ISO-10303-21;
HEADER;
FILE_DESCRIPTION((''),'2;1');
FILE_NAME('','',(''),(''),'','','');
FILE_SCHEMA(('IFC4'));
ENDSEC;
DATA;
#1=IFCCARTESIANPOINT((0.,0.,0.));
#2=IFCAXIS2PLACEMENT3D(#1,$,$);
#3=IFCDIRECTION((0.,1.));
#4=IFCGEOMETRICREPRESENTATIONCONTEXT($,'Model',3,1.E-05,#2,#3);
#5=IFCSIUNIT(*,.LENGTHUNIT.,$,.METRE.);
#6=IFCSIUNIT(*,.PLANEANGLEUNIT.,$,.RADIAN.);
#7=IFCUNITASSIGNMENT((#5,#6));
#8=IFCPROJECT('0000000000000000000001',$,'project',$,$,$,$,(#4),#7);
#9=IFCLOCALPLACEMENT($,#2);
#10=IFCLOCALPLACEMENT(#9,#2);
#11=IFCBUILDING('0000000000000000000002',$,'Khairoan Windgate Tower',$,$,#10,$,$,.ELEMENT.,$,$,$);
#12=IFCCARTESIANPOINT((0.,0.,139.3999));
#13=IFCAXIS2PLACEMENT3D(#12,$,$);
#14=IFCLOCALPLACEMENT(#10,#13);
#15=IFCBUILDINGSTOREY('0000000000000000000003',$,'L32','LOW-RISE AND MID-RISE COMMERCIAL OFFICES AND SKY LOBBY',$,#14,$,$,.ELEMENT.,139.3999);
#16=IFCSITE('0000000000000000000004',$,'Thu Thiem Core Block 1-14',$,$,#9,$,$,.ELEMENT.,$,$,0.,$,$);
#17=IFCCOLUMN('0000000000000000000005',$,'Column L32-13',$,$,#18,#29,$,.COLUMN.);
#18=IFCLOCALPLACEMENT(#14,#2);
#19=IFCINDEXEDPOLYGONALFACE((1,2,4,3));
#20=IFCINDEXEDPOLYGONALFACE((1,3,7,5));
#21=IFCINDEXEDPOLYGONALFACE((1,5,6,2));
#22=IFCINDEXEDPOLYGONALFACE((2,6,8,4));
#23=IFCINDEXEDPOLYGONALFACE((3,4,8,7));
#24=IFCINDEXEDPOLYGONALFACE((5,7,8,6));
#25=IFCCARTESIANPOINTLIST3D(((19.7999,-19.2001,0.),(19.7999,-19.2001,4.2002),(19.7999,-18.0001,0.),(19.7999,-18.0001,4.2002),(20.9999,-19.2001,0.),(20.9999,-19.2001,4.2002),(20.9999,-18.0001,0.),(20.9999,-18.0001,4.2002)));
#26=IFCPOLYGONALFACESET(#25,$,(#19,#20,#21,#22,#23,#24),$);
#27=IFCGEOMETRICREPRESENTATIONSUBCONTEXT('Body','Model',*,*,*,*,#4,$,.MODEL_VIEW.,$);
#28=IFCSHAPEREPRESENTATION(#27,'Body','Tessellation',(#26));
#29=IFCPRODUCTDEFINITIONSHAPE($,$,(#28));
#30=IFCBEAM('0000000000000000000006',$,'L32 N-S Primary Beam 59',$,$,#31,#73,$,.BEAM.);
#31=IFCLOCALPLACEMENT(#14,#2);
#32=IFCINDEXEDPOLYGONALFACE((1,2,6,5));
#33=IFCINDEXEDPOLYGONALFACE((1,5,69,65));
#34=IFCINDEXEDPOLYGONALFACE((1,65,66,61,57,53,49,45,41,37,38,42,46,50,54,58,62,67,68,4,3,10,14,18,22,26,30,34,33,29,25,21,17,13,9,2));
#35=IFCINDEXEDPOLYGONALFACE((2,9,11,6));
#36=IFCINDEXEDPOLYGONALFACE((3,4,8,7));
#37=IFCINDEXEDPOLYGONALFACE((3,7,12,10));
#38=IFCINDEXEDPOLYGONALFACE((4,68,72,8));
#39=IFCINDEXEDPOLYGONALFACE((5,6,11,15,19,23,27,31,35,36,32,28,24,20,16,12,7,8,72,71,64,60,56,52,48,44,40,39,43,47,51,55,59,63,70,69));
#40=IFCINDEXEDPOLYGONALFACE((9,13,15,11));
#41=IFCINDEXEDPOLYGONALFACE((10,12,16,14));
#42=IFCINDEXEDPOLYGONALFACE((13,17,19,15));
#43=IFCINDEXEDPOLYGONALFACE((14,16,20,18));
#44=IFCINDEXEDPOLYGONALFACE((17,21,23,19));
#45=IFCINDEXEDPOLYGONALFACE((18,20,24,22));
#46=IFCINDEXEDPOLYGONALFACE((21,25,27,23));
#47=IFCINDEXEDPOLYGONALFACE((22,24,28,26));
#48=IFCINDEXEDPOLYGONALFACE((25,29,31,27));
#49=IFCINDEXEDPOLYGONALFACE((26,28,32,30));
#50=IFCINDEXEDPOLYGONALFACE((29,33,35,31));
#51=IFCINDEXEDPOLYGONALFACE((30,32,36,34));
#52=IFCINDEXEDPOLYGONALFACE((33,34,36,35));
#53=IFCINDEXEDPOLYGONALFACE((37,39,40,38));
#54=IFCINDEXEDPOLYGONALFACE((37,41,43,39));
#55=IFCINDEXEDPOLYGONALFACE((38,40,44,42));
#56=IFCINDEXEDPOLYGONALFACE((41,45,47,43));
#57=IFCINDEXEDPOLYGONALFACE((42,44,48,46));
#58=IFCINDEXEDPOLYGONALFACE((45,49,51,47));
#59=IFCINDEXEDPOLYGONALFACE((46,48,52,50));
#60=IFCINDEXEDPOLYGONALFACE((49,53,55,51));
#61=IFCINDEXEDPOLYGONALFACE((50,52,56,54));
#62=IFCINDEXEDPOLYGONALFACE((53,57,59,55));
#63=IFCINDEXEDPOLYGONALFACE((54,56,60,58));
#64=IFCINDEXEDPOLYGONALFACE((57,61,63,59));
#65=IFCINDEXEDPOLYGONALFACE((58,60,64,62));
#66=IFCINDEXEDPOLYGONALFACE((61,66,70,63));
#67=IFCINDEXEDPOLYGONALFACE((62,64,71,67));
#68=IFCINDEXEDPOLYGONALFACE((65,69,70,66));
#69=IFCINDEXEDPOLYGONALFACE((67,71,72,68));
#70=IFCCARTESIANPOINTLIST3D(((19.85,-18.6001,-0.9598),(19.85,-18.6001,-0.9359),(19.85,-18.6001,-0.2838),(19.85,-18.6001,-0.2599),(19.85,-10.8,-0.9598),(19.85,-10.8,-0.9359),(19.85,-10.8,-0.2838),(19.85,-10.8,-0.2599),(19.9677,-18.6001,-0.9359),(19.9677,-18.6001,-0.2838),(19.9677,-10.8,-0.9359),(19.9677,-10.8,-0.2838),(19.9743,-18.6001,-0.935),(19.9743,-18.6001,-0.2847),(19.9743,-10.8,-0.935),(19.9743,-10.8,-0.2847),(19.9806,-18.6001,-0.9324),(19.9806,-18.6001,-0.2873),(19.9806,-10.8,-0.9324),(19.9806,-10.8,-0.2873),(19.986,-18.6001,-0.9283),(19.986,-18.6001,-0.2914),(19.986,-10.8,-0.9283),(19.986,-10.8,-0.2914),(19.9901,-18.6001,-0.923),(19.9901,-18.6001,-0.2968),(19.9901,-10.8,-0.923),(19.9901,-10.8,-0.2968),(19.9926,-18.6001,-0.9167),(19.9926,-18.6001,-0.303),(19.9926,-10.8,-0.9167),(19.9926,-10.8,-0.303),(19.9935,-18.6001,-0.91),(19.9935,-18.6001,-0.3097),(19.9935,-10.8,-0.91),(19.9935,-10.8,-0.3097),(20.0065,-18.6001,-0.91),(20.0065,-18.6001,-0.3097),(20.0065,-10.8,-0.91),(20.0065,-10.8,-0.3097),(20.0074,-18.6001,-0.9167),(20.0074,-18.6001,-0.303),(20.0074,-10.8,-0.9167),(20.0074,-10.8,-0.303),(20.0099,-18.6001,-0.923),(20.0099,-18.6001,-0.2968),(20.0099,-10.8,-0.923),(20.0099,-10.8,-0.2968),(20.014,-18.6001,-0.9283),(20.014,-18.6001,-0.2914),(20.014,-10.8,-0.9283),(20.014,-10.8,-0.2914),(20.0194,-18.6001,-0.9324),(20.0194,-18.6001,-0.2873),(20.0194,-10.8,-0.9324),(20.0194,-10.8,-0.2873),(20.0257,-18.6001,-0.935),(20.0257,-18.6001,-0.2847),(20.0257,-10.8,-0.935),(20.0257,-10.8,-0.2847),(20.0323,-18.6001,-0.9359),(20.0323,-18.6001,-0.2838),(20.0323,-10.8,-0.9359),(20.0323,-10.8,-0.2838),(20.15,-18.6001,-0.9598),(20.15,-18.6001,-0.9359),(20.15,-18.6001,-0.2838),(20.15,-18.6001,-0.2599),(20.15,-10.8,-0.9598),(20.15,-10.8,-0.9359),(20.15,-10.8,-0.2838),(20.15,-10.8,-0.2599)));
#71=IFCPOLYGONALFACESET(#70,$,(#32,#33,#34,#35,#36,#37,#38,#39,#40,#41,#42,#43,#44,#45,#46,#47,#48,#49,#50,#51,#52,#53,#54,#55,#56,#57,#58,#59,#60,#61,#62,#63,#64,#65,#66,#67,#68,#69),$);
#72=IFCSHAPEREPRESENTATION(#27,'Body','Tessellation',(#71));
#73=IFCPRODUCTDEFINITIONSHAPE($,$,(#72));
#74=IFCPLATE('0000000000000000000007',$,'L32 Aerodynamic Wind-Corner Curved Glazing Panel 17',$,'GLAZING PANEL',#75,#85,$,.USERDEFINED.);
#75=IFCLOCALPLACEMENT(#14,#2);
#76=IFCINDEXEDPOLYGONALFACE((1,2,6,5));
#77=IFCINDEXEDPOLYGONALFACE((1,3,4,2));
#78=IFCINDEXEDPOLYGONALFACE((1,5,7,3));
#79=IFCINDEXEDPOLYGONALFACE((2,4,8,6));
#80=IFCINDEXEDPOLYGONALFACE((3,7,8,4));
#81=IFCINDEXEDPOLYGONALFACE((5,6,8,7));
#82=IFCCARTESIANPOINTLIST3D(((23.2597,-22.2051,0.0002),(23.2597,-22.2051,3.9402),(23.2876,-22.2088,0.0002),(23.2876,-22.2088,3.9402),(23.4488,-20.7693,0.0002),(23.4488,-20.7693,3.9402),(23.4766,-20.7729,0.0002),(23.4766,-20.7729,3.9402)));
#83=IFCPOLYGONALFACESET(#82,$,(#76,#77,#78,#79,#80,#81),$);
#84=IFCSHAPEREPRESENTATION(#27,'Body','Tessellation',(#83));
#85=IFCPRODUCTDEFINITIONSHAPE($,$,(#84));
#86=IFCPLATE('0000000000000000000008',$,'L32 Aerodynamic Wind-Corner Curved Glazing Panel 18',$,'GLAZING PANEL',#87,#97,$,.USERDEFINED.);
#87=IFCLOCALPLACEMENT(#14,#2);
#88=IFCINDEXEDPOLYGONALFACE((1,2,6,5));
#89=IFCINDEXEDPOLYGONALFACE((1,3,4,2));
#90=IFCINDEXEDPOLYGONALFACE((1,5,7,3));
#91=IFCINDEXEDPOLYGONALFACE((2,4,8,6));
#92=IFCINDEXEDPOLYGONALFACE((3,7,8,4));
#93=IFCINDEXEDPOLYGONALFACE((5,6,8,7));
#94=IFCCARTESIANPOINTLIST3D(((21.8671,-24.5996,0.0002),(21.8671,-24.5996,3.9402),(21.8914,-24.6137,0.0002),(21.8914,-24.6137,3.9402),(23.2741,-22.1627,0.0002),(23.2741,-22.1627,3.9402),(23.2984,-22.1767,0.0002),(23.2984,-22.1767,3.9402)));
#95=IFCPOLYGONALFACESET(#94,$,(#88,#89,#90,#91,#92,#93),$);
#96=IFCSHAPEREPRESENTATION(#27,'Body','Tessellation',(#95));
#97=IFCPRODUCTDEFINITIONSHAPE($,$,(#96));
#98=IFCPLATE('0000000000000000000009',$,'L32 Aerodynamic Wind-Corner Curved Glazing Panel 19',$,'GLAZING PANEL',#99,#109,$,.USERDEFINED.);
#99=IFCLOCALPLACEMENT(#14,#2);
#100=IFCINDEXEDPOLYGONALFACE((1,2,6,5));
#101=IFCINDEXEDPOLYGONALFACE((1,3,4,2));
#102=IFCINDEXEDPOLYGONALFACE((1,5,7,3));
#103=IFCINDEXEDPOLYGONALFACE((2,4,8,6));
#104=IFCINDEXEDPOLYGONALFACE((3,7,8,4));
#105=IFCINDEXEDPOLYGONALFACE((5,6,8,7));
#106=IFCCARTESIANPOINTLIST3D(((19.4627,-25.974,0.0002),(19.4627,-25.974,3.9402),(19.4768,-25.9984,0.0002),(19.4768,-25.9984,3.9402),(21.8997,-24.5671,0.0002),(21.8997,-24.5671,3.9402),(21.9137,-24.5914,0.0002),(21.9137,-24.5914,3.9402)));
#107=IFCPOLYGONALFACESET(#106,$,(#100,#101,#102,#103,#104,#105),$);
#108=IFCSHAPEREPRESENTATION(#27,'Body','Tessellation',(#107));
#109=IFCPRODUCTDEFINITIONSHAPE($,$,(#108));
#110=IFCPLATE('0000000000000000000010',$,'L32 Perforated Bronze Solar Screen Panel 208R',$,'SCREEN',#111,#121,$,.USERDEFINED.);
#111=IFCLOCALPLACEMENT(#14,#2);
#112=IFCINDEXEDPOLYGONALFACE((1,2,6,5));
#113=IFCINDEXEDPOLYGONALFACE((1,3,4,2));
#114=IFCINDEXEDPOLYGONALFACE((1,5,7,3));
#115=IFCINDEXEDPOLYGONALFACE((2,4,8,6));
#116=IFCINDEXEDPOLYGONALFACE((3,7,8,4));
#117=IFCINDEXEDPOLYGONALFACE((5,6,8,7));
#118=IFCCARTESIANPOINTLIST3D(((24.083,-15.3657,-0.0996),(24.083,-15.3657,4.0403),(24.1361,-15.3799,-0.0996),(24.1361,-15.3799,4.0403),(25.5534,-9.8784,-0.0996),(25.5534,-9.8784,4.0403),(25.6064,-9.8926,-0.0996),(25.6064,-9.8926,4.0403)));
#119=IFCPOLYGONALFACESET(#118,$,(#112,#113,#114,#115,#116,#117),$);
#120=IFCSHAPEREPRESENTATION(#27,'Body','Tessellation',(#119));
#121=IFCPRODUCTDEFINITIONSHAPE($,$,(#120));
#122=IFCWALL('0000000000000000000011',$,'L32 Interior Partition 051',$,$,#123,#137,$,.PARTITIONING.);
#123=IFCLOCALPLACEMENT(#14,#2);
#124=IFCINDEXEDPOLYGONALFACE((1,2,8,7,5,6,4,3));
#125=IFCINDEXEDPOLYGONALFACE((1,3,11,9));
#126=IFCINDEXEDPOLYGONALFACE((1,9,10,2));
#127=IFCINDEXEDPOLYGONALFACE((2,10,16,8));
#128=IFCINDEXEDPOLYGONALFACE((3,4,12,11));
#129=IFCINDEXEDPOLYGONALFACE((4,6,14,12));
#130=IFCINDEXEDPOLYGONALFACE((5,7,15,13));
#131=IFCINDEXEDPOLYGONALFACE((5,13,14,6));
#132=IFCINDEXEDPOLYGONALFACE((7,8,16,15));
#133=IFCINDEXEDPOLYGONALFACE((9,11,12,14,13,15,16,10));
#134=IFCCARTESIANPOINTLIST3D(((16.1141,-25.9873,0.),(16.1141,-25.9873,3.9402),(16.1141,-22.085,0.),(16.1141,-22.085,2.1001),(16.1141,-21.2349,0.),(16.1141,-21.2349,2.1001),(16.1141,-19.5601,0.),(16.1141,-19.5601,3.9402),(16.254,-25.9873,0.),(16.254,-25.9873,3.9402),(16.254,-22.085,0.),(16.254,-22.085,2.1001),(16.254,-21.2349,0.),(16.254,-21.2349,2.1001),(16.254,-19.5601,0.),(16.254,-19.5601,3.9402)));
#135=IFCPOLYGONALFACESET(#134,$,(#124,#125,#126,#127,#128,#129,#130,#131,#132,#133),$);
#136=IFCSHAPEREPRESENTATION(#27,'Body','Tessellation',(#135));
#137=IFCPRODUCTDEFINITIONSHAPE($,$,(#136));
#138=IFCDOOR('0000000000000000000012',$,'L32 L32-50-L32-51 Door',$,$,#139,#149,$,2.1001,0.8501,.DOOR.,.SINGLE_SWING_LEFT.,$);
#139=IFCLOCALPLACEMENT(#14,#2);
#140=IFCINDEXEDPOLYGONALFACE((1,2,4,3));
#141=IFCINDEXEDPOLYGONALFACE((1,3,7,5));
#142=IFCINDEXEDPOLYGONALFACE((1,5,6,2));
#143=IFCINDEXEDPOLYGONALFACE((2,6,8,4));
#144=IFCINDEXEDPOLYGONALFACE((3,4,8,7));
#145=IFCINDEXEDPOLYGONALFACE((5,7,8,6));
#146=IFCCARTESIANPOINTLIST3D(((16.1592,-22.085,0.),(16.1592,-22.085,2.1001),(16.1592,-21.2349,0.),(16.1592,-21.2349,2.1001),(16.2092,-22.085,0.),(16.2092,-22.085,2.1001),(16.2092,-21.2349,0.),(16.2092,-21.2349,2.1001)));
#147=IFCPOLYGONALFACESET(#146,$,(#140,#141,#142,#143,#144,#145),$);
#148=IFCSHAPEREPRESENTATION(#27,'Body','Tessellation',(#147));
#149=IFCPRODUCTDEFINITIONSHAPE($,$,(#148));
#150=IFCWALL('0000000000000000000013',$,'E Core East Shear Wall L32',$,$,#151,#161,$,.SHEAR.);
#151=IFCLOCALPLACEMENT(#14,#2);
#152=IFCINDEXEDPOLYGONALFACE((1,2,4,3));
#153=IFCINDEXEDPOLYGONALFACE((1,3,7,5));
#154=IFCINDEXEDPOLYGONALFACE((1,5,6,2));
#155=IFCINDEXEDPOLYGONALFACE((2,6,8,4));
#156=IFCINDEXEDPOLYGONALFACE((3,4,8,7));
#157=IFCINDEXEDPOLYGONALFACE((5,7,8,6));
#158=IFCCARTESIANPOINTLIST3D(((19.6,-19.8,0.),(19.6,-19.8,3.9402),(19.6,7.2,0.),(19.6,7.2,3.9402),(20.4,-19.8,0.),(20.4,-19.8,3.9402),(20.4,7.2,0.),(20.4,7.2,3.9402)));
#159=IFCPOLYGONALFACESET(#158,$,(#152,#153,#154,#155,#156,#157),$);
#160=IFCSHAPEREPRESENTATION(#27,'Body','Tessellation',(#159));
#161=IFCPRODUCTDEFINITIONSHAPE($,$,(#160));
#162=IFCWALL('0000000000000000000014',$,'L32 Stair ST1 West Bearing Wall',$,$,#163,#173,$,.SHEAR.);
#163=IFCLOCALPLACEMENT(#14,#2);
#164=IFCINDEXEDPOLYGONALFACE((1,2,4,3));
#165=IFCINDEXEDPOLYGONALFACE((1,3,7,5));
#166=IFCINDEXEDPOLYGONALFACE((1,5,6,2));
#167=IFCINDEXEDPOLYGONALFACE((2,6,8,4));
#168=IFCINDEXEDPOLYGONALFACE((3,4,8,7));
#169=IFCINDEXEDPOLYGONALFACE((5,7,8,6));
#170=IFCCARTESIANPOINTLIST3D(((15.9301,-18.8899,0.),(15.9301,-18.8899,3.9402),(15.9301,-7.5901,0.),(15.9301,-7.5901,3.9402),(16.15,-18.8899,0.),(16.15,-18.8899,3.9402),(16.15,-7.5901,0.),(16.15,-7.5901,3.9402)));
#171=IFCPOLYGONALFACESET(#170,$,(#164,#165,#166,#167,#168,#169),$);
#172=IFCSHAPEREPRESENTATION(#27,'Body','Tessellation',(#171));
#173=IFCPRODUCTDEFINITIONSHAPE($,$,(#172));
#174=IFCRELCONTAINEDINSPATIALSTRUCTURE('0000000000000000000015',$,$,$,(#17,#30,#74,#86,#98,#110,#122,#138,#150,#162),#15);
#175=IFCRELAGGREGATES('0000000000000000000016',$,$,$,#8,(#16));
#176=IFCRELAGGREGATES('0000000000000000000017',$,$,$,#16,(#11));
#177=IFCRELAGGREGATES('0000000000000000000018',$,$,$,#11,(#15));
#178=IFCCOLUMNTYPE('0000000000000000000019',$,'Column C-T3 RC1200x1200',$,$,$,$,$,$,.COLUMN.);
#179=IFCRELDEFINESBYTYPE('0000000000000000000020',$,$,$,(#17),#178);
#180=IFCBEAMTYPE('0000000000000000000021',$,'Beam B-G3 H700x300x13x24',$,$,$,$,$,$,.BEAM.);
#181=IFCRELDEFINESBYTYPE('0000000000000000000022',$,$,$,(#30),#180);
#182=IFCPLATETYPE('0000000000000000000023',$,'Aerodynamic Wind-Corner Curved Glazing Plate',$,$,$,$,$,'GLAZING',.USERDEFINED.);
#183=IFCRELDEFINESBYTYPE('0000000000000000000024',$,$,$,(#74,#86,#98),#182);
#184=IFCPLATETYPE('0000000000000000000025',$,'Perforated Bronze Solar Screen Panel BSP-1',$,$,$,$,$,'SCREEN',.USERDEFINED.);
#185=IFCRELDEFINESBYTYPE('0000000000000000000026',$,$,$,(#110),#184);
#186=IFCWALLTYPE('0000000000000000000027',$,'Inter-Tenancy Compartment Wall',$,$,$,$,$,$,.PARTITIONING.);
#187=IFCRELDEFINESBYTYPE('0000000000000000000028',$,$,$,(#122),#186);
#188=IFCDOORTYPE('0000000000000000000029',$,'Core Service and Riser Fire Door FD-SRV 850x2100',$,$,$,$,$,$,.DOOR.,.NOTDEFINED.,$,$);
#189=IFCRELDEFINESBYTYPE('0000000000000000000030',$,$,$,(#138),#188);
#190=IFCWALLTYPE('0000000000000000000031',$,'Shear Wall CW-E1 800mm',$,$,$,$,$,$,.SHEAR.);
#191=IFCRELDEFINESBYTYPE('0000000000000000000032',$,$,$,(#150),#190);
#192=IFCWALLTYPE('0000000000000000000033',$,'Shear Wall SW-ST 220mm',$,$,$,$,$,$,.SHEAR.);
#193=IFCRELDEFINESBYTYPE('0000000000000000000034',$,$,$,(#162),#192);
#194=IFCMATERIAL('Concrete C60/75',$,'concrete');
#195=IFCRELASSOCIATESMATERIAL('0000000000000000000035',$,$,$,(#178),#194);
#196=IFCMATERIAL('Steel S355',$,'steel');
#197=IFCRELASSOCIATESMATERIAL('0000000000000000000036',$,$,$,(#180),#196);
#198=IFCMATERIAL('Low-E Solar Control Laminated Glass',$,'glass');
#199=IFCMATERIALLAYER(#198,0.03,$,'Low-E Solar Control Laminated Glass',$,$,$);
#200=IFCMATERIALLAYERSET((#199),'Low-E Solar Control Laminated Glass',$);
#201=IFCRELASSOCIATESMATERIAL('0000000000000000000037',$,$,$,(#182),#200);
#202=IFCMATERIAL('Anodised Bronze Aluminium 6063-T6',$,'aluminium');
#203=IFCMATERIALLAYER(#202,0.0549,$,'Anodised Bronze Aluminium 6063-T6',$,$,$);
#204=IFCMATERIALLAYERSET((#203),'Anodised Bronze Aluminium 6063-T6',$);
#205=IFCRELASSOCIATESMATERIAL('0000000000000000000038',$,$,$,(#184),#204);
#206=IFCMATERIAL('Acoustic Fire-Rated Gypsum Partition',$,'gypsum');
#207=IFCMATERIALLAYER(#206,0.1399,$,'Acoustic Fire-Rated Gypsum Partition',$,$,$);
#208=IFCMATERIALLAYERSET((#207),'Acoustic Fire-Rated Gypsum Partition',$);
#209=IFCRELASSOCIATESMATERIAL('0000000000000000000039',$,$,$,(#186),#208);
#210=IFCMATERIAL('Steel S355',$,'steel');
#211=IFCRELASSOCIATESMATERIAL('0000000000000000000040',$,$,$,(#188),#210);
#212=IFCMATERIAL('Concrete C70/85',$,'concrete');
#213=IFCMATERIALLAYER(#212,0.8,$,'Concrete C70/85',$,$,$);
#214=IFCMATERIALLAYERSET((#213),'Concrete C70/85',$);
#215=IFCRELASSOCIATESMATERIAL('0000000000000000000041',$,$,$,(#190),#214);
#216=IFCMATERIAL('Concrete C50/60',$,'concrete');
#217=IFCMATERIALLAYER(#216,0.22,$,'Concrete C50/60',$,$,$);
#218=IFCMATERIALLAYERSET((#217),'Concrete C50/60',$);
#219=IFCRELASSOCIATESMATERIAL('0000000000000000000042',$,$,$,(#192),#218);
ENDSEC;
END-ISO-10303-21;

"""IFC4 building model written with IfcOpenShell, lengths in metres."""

from ifc_helpers import new_model, si_unit, direction, frame, frame_2d, origin, origin_2d, place, context, subcontext, project, spatial, rectangle, i_section, extrude, material, layer, layer_set, material_profile, profile_set, type_object, element, fill, save


model = new_model("IFC4")

# Units and contexts
model_context = context("Model", 3, precision=1e-05, world=origin(), true_north=direction((0.0, 1.0)))
body_context = subcontext(model_context, "Body", "Model", "MODEL_VIEW")
ifc_project = project(units=[si_unit("LENGTHUNIT", "METRE"), si_unit("PLANEANGLEUNIT", "RADIAN")], contexts=[model_context])

# Site, building, storey
site_placement = place(None, origin())
site = spatial("IfcSite", under=ifc_project, at=site_placement, Name="Thu Thiem Core Block 1-14", CompositionType="ELEMENT", RefElevation=0.0)
building_placement = place(site_placement, origin())
building = spatial("IfcBuilding", under=site, at=building_placement, Name="Khairoan Windgate Tower", CompositionType="ELEMENT")
storey_placement = place(building_placement, frame((0.0, 0.0, 139.3999)))
storey = spatial("IfcBuildingStorey", under=building, at=storey_placement, Name="L32", Description="LOW-RISE AND MID-RISE COMMERCIAL OFFICES AND SKY LOBBY", CompositionType="ELEMENT", Elevation=139.3999)

# Column
ifc_material_1 = material(Name="Concrete C60/75", Category="concrete")
ifc_material_profile_1 = material_profile(ifc_material_1, rectangle(XDim=1.2, YDim=1.2, at=origin_2d()))
ifc_profile_set_1 = profile_set([ifc_material_profile_1], Name="Concrete C60/75")
column_type = type_object("IfcColumnType", Name="Column C-T3 RC1200x1200", PredefinedType="COLUMN", material=ifc_profile_set_1)
column_placement = place(storey_placement, frame((20.3999, -18.6001, 0.0), z_axis=(0.0, 0.0, 1.0), x_axis=(1.0, 0.0, 0.0)))
element("IfcColumn", 1, at=column_placement, inside=storey, type_object=column_type, Name="Column L32-13", PredefinedType="COLUMN", context=body_context, shape_type="SweptSolid", body=[
    extrude(rectangle(XDim=1.2, YDim=1.2, at=origin_2d()), origin(), (0.0, 0.0, 1.0), 4.2002),
])

# Beam
ifc_material_2 = material(Name="Steel S355", Category="steel")
ifc_material_profile_2 = material_profile(ifc_material_2, i_section(OverallWidth=0.3, OverallDepth=0.7, WebThickness=0.0129, FlangeThickness=0.0239, FilletRadius=0.0259, at=origin_2d()))
ifc_profile_set_2 = profile_set([ifc_material_profile_2], Name="Steel S355")
beam_type = type_object("IfcBeamType", Name="Beam B-G3 H700x300x13x24", PredefinedType="BEAM", material=ifc_profile_set_2)
beam_placement = place(storey_placement, frame((20.0, -18.6001, -0.6099), z_axis=(0.0, 1.0, 0.0), x_axis=(-1.0, 0.0, 0.0)))
element("IfcBeam", 2, at=beam_placement, inside=storey, type_object=beam_type, Name="L32 N-S Primary Beam 59", PredefinedType="BEAM", context=body_context, shape_type="SweptSolid", body=[
    extrude(i_section(OverallWidth=0.3, OverallDepth=0.7, WebThickness=0.0129, FlangeThickness=0.0239, FilletRadius=0.0259, at=origin_2d()), origin(), (0.0, 0.0, 1.0), 7.8),
])

# Plates
ifc_material_3 = material(Name="Low-E Solar Control Laminated Glass", Category="glass")
ifc_layer_1 = layer(ifc_material_3, 0.03, Name="Low-E Solar Control Laminated Glass")
ifc_layer_set_1 = layer_set([ifc_layer_1], Name="Low-E Solar Control Laminated Glass")
plate_type_1 = type_object("IfcPlateType", Name="Aerodynamic Wind-Corner Curved Glazing Plate", ElementType="GLAZING", PredefinedType="USERDEFINED", material=ifc_layer_set_1)
plate_1_placement = place(storey_placement, frame((23.3682, -21.489, 0.0002), z_axis=(0.0, 0.0, 1.0), x_axis=(-0.130526, -0.991445, 0.0)))
element("IfcPlate", 3, at=plate_1_placement, inside=storey, type_object=plate_type_1, Name="L32 Aerodynamic Wind-Corner Curved Glazing Panel 17", ObjectType="GLAZING PANEL", PredefinedType="USERDEFINED", context=body_context, shape_type="SweptSolid", body=[
    extrude(rectangle(XDim=1.4482, YDim=0.0281, at=origin_2d()), origin(), (0.0, 0.0, 1.0), 3.9399),
])
for number, where, z_axis, x_axis, name in (
    (4, (22.5828, -23.3882, 0.0002), (0.0, 0.0, 1.0), (-0.5, -0.866025, 0.0), "L32 Aerodynamic Wind-Corner Curved Glazing Panel 18"),
    (5, (20.6882, -25.2827, 0.0002), (0.0, 0.0, 1.0), (-0.866025, -0.5, 0.0), "L32 Aerodynamic Wind-Corner Curved Glazing Panel 19"),
):
    element("IfcPlate", number, at=place(storey_placement, frame(where, z_axis=z_axis, x_axis=x_axis)), inside=storey, type_object=plate_type_1, Name=name, ObjectType="GLAZING PANEL", PredefinedType="USERDEFINED", context=body_context, shape_type="SweptSolid", body=[
        extrude(rectangle(XDim=2.814, YDim=0.0281, at=origin_2d()), origin(), (0.0, 0.0, 1.0), 3.9399),
    ])

# Plate
ifc_material_4 = material(Name="Anodised Bronze Aluminium 6063-T6", Category="aluminium")
ifc_layer_2 = layer(ifc_material_4, 0.0549, Name="Anodised Bronze Aluminium 6063-T6")
ifc_layer_set_2 = layer_set([ifc_layer_2], Name="Anodised Bronze Aluminium 6063-T6")
plate_type_2 = type_object("IfcPlateType", Name="Perforated Bronze Solar Screen Panel BSP-1", ElementType="SCREEN", PredefinedType="USERDEFINED", material=ifc_layer_set_2)
plate_2_placement = place(storey_placement, frame((24.8447, -12.6292, -0.0996), z_axis=(0.0, 0.0, 1.0), x_axis=(-0.258819, -0.965926, 0.0)))
element("IfcPlate", 6, at=plate_2_placement, inside=storey, type_object=plate_type_2, Name="L32 Perforated Bronze Solar Screen Panel 208R", ObjectType="SCREEN", PredefinedType="USERDEFINED", context=body_context, shape_type="SweptSolid", body=[
    extrude(rectangle(XDim=5.6809, YDim=0.0549, at=origin_2d()), origin(), (0.0, 0.0, 1.0), 4.1399),
])

# Wall, opening, door
ifc_material_5 = material(Name="Acoustic Fire-Rated Gypsum Partition", Category="gypsum")
ifc_layer_3 = layer(ifc_material_5, 0.1399, Name="Acoustic Fire-Rated Gypsum Partition")
ifc_layer_set_3 = layer_set([ifc_layer_3], Name="Acoustic Fire-Rated Gypsum Partition")
wall_type_1 = type_object("IfcWallType", Name="Inter-Tenancy Compartment Wall", PredefinedType="PARTITIONING", material=ifc_layer_set_3)
wall_1_placement = place(storey_placement, frame((16.1841, -25.9873, 0.0), z_axis=(0.0, 0.0, 1.0), x_axis=(0.0, 1.0, 0.0)))
wall_1 = element("IfcWall", 7, at=wall_1_placement, inside=storey, type_object=wall_type_1, Name="L32 Interior Partition 051", PredefinedType="PARTITIONING", context=body_context, shape_type="SweptSolid", body=[
    extrude(rectangle(XDim=6.4272, YDim=0.1399, at=frame_2d((3.2136, 0.0))), origin(), (0.0, 0.0, 1.0), 3.9402),
])
opening_placement = place(wall_1_placement, frame((3.9023, 0.0, 0.0)))
opening = element("IfcOpeningElement", 8, at=opening_placement, cuts=wall_1, PredefinedType="OPENING", context=body_context, shape_type="SweptSolid", body=[
    extrude(rectangle(XDim=0.8501, YDim=2.1001, at=frame_2d((0.425, 1.05))), frame((0.0, 0.0798, 0.0), z_axis=(0.0, -1.0, 0.0), x_axis=(1.0, 0.0, 0.0)), (0.0, 0.0, 1.0), 0.1599),
])
ifc_material_6 = material(Name="Steel S355", Category="steel")
door_type = type_object("IfcDoorType", Name="Core Service and Riser Fire Door FD-SRV 850x2100", OperationType="NOTDEFINED", PredefinedType="DOOR", material=ifc_material_6)
door_placement = place(opening_placement, origin())
door = element("IfcDoor", 9, at=door_placement, inside=storey, type_object=door_type, Name="L32 L32-50-L32-51 Door", OperationType="SINGLE_SWING_LEFT", OverallHeight=2.1001, OverallWidth=0.8501, PredefinedType="DOOR", context=body_context, shape_type="SweptSolid", body=[
    extrude(rectangle(XDim=0.8501, YDim=2.1001, at=frame_2d((0.425, 1.05))), frame((0.0, 0.0249, 0.0), z_axis=(0.0, -1.0, 0.0), x_axis=(1.0, 0.0, 0.0)), (0.0, 0.0, 1.0), 0.05),
])
fill(opening, door)

# Walls
ifc_material_7 = material(Name="Concrete C70/85", Category="concrete")
ifc_layer_4 = layer(ifc_material_7, 0.8, Name="Concrete C70/85")
ifc_layer_set_4 = layer_set([ifc_layer_4], Name="Concrete C70/85")
wall_type_2 = type_object("IfcWallType", Name="Shear Wall CW-E1 800mm", PredefinedType="SHEAR", material=ifc_layer_set_4)
wall_2_placement = place(storey_placement, frame((20.0, -19.8, 0.0), z_axis=(0.0, 0.0, 1.0), x_axis=(0.0, 1.0, 0.0)))
element("IfcWall", 10, at=wall_2_placement, inside=storey, type_object=wall_type_2, Name="E Core East Shear Wall L32", PredefinedType="SHEAR", context=body_context, shape_type="SweptSolid", body=[
    extrude(rectangle(XDim=27.0, YDim=0.8, at=frame_2d((13.5, 0.0))), origin(), (0.0, 0.0, 1.0), 3.9402),
])
ifc_material_8 = material(Name="Concrete C50/60", Category="concrete")
ifc_layer_5 = layer(ifc_material_8, 0.22, Name="Concrete C50/60")
ifc_layer_set_5 = layer_set([ifc_layer_5], Name="Concrete C50/60")
wall_type_3 = type_object("IfcWallType", Name="Shear Wall SW-ST 220mm", PredefinedType="SHEAR", material=ifc_layer_set_5)
for number, where, z_axis, x_axis, name in (
    (11, (16.04, -18.8899, 0.0), (0.0, 0.0, 1.0), (0.0, 1.0, 0.0), "L32 Stair ST1 West Bearing Wall"),
):
    element("IfcWall", number, at=place(storey_placement, frame(where, z_axis=z_axis, x_axis=x_axis)), inside=storey, type_object=wall_type_3, Name=name, PredefinedType="SHEAR", context=body_context, shape_type="SweptSolid", body=[
        extrude(rectangle(XDim=11.2998, YDim=0.22, at=frame_2d((5.6499, 0.0))), origin(), (0.0, 0.0, 1.0), 3.9402),
    ])

save(model, "model.ifc")
